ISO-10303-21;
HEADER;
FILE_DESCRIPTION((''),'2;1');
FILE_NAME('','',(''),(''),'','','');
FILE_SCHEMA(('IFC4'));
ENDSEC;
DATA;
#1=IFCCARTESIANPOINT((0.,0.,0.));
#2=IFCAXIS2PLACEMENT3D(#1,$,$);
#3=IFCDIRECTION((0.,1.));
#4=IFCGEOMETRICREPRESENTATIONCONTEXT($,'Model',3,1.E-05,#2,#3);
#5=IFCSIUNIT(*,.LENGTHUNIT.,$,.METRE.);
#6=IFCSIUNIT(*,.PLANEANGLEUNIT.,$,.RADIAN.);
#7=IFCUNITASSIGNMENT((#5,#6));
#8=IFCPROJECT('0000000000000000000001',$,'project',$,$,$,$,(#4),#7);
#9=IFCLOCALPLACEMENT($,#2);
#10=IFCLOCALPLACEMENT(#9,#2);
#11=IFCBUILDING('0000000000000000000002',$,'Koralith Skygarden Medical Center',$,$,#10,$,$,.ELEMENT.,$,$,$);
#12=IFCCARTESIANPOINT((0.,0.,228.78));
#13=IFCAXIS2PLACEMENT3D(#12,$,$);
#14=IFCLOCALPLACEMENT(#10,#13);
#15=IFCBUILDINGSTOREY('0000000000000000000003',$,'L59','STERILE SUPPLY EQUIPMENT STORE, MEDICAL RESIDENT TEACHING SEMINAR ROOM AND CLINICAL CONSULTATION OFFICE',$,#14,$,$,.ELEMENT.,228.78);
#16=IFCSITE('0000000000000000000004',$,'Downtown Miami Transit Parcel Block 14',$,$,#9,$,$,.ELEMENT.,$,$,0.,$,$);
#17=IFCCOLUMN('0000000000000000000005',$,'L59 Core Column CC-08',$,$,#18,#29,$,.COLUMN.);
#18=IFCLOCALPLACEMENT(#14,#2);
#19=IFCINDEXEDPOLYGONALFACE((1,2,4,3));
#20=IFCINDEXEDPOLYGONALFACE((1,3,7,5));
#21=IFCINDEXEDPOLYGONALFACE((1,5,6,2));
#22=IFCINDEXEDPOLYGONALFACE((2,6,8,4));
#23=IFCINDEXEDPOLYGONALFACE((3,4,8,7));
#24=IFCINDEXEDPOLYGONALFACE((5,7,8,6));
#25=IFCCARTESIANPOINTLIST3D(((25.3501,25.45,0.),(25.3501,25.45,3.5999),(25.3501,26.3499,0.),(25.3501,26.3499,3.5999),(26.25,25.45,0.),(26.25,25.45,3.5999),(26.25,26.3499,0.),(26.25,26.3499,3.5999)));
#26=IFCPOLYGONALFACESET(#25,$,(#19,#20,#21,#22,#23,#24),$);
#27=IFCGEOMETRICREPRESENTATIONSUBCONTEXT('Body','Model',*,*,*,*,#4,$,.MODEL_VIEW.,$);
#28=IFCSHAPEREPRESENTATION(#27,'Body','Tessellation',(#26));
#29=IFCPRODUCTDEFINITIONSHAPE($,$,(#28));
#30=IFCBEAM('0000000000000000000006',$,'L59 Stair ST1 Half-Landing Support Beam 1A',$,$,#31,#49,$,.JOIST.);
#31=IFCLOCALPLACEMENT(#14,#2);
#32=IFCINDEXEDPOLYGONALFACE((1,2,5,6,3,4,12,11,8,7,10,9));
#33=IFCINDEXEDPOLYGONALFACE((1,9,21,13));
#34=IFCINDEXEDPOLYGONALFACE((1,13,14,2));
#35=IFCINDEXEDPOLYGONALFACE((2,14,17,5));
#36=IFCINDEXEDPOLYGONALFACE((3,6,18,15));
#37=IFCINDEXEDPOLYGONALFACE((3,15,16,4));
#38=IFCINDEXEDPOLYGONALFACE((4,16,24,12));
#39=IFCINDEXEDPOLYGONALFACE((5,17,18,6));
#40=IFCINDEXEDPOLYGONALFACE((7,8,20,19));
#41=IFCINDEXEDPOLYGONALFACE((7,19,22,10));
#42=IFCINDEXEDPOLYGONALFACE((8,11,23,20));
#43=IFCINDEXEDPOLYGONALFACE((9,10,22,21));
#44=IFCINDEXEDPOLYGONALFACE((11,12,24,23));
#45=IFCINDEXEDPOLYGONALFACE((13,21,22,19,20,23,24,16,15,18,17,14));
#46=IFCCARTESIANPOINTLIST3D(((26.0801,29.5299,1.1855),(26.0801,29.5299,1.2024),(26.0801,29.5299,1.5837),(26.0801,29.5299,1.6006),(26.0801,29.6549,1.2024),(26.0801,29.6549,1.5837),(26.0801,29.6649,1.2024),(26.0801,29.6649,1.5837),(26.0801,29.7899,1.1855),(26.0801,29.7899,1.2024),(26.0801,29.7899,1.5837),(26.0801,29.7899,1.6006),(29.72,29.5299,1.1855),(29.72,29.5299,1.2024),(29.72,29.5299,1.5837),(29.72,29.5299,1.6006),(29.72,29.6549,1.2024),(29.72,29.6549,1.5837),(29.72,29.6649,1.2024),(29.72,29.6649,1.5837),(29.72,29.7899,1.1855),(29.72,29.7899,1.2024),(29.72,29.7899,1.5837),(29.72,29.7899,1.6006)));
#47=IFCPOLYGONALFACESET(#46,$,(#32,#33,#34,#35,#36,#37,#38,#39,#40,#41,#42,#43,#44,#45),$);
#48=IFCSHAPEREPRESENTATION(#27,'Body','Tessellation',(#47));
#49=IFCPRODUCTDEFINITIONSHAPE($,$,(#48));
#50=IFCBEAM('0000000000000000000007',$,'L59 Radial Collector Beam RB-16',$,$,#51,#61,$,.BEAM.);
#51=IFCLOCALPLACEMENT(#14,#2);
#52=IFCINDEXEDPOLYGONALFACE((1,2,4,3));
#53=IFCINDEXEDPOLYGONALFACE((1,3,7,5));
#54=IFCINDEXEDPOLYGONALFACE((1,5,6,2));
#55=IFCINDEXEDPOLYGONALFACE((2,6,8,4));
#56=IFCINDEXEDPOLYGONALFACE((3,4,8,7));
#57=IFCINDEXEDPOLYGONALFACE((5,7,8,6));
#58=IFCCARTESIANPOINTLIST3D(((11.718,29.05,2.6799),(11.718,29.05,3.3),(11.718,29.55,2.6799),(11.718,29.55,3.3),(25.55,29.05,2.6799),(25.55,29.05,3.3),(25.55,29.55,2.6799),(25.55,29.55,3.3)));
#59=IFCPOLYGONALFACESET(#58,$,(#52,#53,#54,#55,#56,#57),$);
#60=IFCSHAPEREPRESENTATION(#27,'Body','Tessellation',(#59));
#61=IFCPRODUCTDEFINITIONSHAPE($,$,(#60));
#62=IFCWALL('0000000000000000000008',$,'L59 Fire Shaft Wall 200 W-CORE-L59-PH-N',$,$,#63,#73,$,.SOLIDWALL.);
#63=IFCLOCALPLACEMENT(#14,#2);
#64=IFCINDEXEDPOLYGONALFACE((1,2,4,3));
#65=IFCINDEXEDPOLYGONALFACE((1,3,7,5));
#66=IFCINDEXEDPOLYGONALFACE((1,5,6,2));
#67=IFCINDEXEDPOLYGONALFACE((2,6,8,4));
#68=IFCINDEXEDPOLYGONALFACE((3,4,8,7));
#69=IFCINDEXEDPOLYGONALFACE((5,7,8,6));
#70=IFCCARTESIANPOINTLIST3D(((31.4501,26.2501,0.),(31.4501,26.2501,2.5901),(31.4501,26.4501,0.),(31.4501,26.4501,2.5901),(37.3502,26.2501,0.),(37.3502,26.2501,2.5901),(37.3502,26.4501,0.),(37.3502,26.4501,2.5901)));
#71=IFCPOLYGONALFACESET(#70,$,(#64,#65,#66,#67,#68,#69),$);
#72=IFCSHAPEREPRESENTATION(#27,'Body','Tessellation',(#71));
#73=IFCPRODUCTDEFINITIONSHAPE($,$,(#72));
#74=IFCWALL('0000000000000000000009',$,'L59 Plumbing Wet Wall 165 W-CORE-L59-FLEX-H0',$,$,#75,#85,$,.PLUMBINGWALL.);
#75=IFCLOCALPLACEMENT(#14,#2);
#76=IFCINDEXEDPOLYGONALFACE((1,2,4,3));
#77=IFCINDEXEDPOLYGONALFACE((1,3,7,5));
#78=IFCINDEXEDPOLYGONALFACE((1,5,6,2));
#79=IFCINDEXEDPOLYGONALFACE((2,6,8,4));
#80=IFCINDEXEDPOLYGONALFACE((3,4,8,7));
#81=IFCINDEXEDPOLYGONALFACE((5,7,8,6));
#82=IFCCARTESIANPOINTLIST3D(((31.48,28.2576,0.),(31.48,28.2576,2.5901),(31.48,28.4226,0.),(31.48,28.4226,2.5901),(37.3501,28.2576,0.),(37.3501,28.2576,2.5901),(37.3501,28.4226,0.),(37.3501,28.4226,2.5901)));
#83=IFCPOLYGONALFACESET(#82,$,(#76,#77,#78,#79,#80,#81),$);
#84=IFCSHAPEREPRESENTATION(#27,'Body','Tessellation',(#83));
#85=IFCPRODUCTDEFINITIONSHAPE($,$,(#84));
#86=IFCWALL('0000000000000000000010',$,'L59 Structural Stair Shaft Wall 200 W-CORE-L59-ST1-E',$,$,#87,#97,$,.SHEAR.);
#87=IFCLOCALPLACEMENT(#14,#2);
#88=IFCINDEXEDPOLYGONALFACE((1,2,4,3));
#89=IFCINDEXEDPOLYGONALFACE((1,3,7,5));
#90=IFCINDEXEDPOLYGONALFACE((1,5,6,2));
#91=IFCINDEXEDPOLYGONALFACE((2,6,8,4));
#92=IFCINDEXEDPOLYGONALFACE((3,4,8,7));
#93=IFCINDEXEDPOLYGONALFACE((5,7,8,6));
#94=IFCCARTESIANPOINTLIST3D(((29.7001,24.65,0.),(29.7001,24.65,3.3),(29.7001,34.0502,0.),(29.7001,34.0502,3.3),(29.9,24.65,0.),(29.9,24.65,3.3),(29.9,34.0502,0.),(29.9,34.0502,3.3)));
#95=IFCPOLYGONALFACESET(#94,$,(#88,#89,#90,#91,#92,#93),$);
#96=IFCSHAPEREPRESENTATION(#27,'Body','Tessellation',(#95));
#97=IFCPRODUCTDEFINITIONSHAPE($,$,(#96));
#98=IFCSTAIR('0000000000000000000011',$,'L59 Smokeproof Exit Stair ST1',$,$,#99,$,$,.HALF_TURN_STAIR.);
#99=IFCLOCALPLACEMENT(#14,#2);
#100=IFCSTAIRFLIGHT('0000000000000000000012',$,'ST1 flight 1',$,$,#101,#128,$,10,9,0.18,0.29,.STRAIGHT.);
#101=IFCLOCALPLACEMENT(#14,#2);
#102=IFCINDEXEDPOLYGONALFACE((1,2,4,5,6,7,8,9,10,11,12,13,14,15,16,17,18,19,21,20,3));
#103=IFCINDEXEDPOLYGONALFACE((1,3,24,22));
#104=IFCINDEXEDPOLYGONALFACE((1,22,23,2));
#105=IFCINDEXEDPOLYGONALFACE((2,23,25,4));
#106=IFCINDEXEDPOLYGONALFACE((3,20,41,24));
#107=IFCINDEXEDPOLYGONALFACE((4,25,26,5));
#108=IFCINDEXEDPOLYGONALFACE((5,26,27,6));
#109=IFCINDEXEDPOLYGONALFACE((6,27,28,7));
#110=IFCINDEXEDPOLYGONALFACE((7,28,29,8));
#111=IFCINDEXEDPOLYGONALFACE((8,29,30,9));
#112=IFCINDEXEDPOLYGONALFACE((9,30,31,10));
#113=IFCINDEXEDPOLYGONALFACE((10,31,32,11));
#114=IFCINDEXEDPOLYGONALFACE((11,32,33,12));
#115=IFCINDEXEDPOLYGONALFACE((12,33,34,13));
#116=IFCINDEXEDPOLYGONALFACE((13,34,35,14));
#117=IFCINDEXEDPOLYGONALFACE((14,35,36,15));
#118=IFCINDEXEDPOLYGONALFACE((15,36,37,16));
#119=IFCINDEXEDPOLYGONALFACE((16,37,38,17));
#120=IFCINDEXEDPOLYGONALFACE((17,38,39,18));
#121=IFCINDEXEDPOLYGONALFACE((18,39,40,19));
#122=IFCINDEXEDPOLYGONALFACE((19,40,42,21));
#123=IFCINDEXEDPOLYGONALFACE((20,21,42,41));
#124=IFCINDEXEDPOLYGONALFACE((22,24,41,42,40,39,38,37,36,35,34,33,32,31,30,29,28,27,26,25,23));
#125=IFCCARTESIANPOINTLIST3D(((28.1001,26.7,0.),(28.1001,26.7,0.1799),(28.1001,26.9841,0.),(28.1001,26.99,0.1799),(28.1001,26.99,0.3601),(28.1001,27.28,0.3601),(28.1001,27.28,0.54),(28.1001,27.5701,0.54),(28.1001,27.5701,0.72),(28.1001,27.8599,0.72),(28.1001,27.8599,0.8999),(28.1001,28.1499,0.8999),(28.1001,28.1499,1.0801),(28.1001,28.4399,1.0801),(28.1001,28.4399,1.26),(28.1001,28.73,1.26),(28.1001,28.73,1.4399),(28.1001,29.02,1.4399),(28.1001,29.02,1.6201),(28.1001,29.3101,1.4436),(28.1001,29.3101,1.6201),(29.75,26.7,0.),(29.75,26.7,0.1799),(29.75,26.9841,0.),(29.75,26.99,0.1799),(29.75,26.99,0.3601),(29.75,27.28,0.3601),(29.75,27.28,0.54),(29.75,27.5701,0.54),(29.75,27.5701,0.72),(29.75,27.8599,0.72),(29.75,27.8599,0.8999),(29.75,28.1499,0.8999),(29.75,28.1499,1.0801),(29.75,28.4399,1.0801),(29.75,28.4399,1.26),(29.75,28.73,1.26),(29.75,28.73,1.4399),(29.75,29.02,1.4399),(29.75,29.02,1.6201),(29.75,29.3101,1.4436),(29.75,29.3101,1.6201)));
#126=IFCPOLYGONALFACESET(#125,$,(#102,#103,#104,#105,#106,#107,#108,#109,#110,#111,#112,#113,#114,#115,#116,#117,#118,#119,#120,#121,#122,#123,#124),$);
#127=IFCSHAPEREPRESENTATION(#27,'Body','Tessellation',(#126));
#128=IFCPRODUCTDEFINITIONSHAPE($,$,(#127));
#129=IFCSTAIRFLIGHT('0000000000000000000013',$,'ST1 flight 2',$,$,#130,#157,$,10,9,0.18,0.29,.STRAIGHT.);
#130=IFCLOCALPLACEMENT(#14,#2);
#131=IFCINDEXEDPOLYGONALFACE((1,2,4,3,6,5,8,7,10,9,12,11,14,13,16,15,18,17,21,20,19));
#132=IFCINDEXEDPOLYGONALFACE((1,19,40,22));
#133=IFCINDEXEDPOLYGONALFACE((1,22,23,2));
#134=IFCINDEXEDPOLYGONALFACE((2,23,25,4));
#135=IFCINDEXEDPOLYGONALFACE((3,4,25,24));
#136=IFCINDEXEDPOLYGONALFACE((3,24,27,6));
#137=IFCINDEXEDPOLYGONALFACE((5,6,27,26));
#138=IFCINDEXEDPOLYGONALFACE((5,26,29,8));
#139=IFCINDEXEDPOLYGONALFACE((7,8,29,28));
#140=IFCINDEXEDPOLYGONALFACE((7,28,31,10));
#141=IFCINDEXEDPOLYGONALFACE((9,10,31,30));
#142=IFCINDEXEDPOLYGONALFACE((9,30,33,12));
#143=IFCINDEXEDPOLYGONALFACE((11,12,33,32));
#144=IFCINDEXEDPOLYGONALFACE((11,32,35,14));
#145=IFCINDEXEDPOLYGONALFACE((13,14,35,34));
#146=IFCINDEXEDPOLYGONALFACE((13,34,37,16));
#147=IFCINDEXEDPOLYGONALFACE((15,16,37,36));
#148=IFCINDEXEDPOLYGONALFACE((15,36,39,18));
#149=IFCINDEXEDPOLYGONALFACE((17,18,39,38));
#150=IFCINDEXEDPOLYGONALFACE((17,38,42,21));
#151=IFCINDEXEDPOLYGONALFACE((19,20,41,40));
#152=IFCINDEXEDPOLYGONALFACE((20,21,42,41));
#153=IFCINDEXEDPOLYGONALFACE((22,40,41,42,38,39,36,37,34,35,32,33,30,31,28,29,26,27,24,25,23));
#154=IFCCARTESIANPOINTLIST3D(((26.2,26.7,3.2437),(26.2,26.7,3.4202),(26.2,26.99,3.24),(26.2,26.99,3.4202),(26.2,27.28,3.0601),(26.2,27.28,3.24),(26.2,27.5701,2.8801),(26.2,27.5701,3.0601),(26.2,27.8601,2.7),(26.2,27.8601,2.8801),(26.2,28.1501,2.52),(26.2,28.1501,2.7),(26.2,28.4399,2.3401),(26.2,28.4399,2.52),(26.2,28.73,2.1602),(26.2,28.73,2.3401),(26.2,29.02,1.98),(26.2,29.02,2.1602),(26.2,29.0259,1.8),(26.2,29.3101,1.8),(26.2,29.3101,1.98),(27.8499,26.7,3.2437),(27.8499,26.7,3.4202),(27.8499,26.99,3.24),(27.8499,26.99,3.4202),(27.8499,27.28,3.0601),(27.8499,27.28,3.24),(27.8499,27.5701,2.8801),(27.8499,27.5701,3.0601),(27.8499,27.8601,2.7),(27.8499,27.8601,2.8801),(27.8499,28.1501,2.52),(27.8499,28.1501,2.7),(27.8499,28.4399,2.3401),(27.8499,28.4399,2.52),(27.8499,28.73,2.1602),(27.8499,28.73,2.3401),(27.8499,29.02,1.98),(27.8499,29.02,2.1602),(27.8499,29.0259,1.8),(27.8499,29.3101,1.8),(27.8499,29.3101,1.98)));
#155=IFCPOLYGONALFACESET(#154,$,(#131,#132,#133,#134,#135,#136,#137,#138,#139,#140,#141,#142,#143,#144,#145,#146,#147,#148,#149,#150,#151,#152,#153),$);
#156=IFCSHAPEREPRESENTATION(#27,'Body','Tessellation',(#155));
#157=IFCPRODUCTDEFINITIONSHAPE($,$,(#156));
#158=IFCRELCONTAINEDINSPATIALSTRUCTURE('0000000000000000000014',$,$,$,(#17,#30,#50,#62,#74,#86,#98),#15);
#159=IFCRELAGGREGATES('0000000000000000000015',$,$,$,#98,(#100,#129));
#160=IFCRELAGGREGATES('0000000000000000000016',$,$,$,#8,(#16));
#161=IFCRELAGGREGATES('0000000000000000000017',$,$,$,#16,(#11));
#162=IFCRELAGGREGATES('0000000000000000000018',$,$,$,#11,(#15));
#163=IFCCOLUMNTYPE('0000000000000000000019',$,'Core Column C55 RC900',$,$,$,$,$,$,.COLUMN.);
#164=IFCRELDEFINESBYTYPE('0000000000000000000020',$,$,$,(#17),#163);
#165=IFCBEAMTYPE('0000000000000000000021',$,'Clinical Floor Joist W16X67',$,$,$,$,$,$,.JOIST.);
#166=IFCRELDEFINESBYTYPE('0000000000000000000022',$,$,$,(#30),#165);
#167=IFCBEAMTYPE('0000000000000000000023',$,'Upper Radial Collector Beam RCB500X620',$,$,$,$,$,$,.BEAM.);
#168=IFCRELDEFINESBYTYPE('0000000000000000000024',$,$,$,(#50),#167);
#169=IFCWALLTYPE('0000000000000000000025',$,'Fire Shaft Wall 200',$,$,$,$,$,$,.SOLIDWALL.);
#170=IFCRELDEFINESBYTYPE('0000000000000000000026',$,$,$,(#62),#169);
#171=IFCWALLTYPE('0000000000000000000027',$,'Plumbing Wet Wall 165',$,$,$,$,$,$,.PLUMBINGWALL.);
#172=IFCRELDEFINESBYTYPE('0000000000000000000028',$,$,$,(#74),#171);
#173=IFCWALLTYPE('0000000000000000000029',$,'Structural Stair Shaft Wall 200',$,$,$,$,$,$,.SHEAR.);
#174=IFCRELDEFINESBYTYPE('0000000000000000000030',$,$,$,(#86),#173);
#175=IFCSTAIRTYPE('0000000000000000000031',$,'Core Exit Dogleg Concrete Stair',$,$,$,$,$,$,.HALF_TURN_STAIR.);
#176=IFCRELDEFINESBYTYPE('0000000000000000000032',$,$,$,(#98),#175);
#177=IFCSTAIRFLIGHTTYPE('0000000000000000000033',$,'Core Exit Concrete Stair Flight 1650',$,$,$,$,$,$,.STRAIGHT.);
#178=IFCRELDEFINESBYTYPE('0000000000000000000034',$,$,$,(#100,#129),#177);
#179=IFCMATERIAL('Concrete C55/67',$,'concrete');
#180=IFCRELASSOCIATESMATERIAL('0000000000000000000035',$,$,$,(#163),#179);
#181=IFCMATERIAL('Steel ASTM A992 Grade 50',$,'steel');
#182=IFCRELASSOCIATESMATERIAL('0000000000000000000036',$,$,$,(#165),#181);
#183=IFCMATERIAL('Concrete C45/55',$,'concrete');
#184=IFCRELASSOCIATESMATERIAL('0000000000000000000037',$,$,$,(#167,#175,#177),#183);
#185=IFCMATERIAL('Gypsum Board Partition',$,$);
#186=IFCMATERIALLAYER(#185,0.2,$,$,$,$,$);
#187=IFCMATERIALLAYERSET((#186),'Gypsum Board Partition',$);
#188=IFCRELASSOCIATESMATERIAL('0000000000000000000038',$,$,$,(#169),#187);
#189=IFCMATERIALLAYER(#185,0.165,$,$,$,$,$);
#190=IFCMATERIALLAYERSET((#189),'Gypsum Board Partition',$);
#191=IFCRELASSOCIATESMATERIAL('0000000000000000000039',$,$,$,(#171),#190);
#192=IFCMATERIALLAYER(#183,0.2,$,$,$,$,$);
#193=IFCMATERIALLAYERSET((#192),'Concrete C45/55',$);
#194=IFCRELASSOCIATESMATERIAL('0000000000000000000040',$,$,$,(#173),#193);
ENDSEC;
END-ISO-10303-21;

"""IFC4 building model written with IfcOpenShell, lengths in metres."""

from ifc_helpers import new_model, si_unit, direction, frame, frame_2d, origin, origin_2d, place, context, subcontext, project, spatial, polyline, rectangle, i_section, outline, extrude, material, layer, layer_set, material_profile, profile_set, type_object, element, aggregate, save


model = new_model("IFC4")

# Units and contexts
model_context = context("Model", 3, precision=1e-05, world=origin(), true_north=direction((0.0, 1.0)))
body_context = subcontext(model_context, "Body", "Model", "MODEL_VIEW")
ifc_project = project(units=[si_unit("LENGTHUNIT", "METRE"), si_unit("PLANEANGLEUNIT", "RADIAN")], contexts=[model_context])

# Site, building, storey
site_placement = place(None, origin())
site = spatial("IfcSite", under=ifc_project, at=site_placement, Name="Downtown Miami Transit Parcel Block 14", CompositionType="ELEMENT", RefElevation=0.0)
building_placement = place(site_placement, origin())
building = spatial("IfcBuilding", under=site, at=building_placement, Name="Koralith Skygarden Medical Center", CompositionType="ELEMENT")
storey_placement = place(building_placement, frame((0.0, 0.0, 228.78)))
storey = spatial("IfcBuildingStorey", under=building, at=storey_placement, Name="L59", Description="STERILE SUPPLY EQUIPMENT STORE, MEDICAL RESIDENT TEACHING SEMINAR ROOM AND CLINICAL CONSULTATION OFFICE", CompositionType="ELEMENT", Elevation=228.78)

# Column
ifc_material_1 = material(Name="Concrete C55/67", Category="concrete")
ifc_material_profile_1 = material_profile(ifc_material_1, rectangle(XDim=0.8999, YDim=0.8999, at=origin_2d()), Name="RC900X900")
ifc_profile_set_1 = profile_set([ifc_material_profile_1], Name="Concrete C55/67")
column_type = type_object("IfcColumnType", Name="Core Column C55 RC900", PredefinedType="COLUMN", material=ifc_profile_set_1)
column_placement = place(storey_placement, frame((25.8, 25.8999, 0.0), z_axis=(0.0, 0.0, 1.0), x_axis=(1.0, 0.0, 0.0)))
element("IfcColumn", 1, at=column_placement, inside=storey, type_object=column_type, Name="L59 Core Column CC-08", PredefinedType="COLUMN", context=body_context, shape_type="SweptSolid", body=[
    extrude(rectangle(XDim=0.8999, YDim=0.8999, at=origin_2d()), origin(), (0.0, 0.0, 1.0), 3.5999),
])

# Beams
ifc_material_2 = material(Name="Steel ASTM A992 Grade 50", Category="steel")
ifc_material_profile_2 = material_profile(ifc_material_2, i_section(OverallWidth=0.26, OverallDepth=0.415, WebThickness=0.01, FlangeThickness=0.0168, at=origin_2d()), Name="W16X67")
ifc_profile_set_2 = profile_set([ifc_material_profile_2], Name="Steel ASTM A992 Grade 50")
beam_type_1 = type_object("IfcBeamType", Name="Clinical Floor Joist W16X67", PredefinedType="JOIST", material=ifc_profile_set_2)
beam_1_placement = place(storey_placement, frame((26.0801, 29.6599, 1.3931), z_axis=(1.0, 0.0, 0.0), x_axis=(0.0, 1.0, 0.0)))
element("IfcBeam", 2, at=beam_1_placement, inside=storey, type_object=beam_type_1, Name="L59 Stair ST1 Half-Landing Support Beam 1A", PredefinedType="JOIST", context=body_context, shape_type="SweptSolid", body=[
    extrude(i_section(OverallWidth=0.26, OverallDepth=0.415, WebThickness=0.01, FlangeThickness=0.0168, at=origin_2d()), origin(), (0.0, 0.0, 1.0), 3.6399),
])
ifc_material_3 = material(Name="Concrete C45/55", Category="concrete")
ifc_material_profile_3 = material_profile(ifc_material_3, rectangle(XDim=0.5, YDim=0.6201, at=origin_2d()), Name="RCB500X620")
ifc_profile_set_3 = profile_set([ifc_material_profile_3], Name="Concrete C45/55")
beam_type_2 = type_object("IfcBeamType", Name="Upper Radial Collector Beam RCB500X620", PredefinedType="BEAM", material=ifc_profile_set_3)
beam_2_placement = place(storey_placement, frame((25.55, 29.3, 2.99), z_axis=(-1.0, 0.0, 0.0), x_axis=(0.0, -1.0, 0.0)))
element("IfcBeam", 3, at=beam_2_placement, inside=storey, type_object=beam_type_2, Name="L59 Radial Collector Beam RB-16", PredefinedType="BEAM", context=body_context, shape_type="SweptSolid", body=[
    extrude(rectangle(XDim=0.5, YDim=0.6201, at=origin_2d()), origin(), (0.0, 0.0, 1.0), 13.832),
])

# Wall
ifc_material_4 = material(Name="Gypsum Board Partition")
ifc_layer_1 = layer(ifc_material_4, 0.2)
ifc_layer_set_1 = layer_set([ifc_layer_1], Name="Gypsum Board Partition")
wall_type_1 = type_object("IfcWallType", Name="Fire Shaft Wall 200", PredefinedType="SOLIDWALL", material=ifc_layer_set_1)
wall_1_placement = place(storey_placement, frame((31.45, 26.3501, 0.0), z_axis=(0.0, 0.0, 1.0), x_axis=(1.0, 0.0, 0.0)))
element("IfcWall", 4, at=wall_1_placement, inside=storey, type_object=wall_type_1, Name="L59 Fire Shaft Wall 200 W-CORE-L59-PH-N", PredefinedType="SOLIDWALL", context=body_context, shape_type="SweptSolid", body=[
    extrude(rectangle(XDim=5.9001, YDim=0.2, at=frame_2d((2.9502, 0.0))), origin(), (0.0, 0.0, 1.0), 2.5901),
])

# Shared definitions
ifc_layer_2 = layer(ifc_material_4, 0.165)
ifc_layer_set_2 = layer_set([ifc_layer_2], Name="Gypsum Board Partition")
wall_type_2 = type_object("IfcWallType", Name="Plumbing Wet Wall 165", PredefinedType="PLUMBINGWALL", material=ifc_layer_set_2)

# Walls
wall_2_placement = place(storey_placement, frame((31.48, 28.3401, 0.0), z_axis=(0.0, 0.0, 1.0), x_axis=(1.0, 0.0, 0.0)))
element("IfcWall", 5, at=wall_2_placement, inside=storey, type_object=wall_type_2, Name="L59 Plumbing Wet Wall 165 W-CORE-L59-FLEX-H0", PredefinedType="PLUMBINGWALL", context=body_context, shape_type="SweptSolid", body=[
    extrude(rectangle(XDim=5.8701, YDim=0.165, at=frame_2d((2.9351, 0.0))), origin(), (0.0, 0.0, 1.0), 2.5901),
])
ifc_layer_3 = layer(ifc_material_3, 0.2)
ifc_layer_set_3 = layer_set([ifc_layer_3], Name="Concrete C45/55")
wall_type_3 = type_object("IfcWallType", Name="Structural Stair Shaft Wall 200", PredefinedType="SHEAR", material=ifc_layer_set_3)
wall_3_placement = place(storey_placement, frame((29.8, 24.6499, 0.0), z_axis=(0.0, 0.0, 1.0), x_axis=(0.0, 1.0, 0.0)))
element("IfcWall", 6, at=wall_3_placement, inside=storey, type_object=wall_type_3, Name="L59 Structural Stair Shaft Wall 200 W-CORE-L59-ST1-E", PredefinedType="SHEAR", context=body_context, shape_type="SweptSolid", body=[
    extrude(rectangle(XDim=9.4001, YDim=0.2, at=frame_2d((4.7002, 0.0))), origin(), (0.0, 0.0, 1.0), 3.3),
])

# Stair, stair flights
stair_type = type_object("IfcStairType", Name="Core Exit Dogleg Concrete Stair", PredefinedType="HALF_TURN_STAIR", material=ifc_material_3)
stair_placement = place(storey_placement, origin())
stair = element("IfcStair", 7, at=stair_placement, inside=storey, type_object=stair_type, Name="L59 Smokeproof Exit Stair ST1", PredefinedType="HALF_TURN_STAIR")
stair_flight_type = type_object("IfcStairFlightType", Name="Core Exit Concrete Stair Flight 1650", PredefinedType="STRAIGHT", material=ifc_material_3)
stair_flight_1_placement = place(storey_placement, frame((28.925, 26.7, 0.0), z_axis=(0.0, 0.0, 1.0), x_axis=(0.0, 1.0, 0.0)))
stair_flight_1 = element("IfcStairFlight", 8, at=stair_flight_1_placement, type_object=stair_flight_type, Name="ST1 flight 1", NumberOfRisers=10, NumberOfTreads=9, PredefinedType="STRAIGHT", RiserHeight=0.18, TreadLength=0.29, context=body_context, shape_type="SweptSolid", body=[
    extrude(outline(polyline([(0.0, 0.0), (0.0, 0.1799), (0.29, 0.1799), (0.29, 0.3601), (0.5801, 0.3601), (0.5801, 0.54), (0.8701, 0.54), (0.8701, 0.72), (1.1599, 0.72), (1.1599, 0.8999), (1.45, 0.8999), (1.45, 1.0801), (1.74, 1.0801), (1.74, 1.26), (2.03, 1.26), (2.03, 1.4399), (2.3201, 1.4399), (2.3201, 1.6201), (2.6101, 1.6201), (2.6101, 1.8), (2.6101, 1.4436), (0.2842, 0.0), (0.0, 0.0)])), frame((0.0, 0.825, 0.0), z_axis=(0.0, -1.0, 0.0), x_axis=(1.0, 0.0, 0.0)), (0.0, 0.0, 1.0), 1.6499),
])
stair_flight_2_placement = place(storey_placement, frame((27.0249, 29.3101, 1.8), z_axis=(0.0, 0.0, 1.0), x_axis=(0.0, -1.0, 0.0)))
stair_flight_2 = element("IfcStairFlight", 9, at=stair_flight_2_placement, type_object=stair_flight_type, Name="ST1 flight 2", NumberOfRisers=10, NumberOfTreads=9, PredefinedType="STRAIGHT", RiserHeight=0.18, TreadLength=0.29, context=body_context, shape_type="SweptSolid", body=[
    extrude(outline(polyline([(0.0, 0.0), (0.0, 0.1799), (0.29, 0.1799), (0.29, 0.3601), (0.5801, 0.3601), (0.5801, 0.54), (0.8701, 0.54), (0.8701, 0.72), (1.1599, 0.72), (1.1599, 0.8999), (1.45, 0.8999), (1.45, 1.0801), (1.74, 1.0801), (1.74, 1.26), (2.03, 1.26), (2.03, 1.4399), (2.3201, 1.4399), (2.3201, 1.6201), (2.6101, 1.6201), (2.6101, 1.8), (2.6101, 1.4436), (0.2842, 0.0), (0.0, 0.0)])), frame((0.0, 0.825, 0.0), z_axis=(0.0, -1.0, 0.0), x_axis=(1.0, 0.0, 0.0)), (0.0, 0.0, 1.0), 1.6499),
])
aggregate(stair, [stair_flight_1, stair_flight_2])

save(model, "model.ifc")
